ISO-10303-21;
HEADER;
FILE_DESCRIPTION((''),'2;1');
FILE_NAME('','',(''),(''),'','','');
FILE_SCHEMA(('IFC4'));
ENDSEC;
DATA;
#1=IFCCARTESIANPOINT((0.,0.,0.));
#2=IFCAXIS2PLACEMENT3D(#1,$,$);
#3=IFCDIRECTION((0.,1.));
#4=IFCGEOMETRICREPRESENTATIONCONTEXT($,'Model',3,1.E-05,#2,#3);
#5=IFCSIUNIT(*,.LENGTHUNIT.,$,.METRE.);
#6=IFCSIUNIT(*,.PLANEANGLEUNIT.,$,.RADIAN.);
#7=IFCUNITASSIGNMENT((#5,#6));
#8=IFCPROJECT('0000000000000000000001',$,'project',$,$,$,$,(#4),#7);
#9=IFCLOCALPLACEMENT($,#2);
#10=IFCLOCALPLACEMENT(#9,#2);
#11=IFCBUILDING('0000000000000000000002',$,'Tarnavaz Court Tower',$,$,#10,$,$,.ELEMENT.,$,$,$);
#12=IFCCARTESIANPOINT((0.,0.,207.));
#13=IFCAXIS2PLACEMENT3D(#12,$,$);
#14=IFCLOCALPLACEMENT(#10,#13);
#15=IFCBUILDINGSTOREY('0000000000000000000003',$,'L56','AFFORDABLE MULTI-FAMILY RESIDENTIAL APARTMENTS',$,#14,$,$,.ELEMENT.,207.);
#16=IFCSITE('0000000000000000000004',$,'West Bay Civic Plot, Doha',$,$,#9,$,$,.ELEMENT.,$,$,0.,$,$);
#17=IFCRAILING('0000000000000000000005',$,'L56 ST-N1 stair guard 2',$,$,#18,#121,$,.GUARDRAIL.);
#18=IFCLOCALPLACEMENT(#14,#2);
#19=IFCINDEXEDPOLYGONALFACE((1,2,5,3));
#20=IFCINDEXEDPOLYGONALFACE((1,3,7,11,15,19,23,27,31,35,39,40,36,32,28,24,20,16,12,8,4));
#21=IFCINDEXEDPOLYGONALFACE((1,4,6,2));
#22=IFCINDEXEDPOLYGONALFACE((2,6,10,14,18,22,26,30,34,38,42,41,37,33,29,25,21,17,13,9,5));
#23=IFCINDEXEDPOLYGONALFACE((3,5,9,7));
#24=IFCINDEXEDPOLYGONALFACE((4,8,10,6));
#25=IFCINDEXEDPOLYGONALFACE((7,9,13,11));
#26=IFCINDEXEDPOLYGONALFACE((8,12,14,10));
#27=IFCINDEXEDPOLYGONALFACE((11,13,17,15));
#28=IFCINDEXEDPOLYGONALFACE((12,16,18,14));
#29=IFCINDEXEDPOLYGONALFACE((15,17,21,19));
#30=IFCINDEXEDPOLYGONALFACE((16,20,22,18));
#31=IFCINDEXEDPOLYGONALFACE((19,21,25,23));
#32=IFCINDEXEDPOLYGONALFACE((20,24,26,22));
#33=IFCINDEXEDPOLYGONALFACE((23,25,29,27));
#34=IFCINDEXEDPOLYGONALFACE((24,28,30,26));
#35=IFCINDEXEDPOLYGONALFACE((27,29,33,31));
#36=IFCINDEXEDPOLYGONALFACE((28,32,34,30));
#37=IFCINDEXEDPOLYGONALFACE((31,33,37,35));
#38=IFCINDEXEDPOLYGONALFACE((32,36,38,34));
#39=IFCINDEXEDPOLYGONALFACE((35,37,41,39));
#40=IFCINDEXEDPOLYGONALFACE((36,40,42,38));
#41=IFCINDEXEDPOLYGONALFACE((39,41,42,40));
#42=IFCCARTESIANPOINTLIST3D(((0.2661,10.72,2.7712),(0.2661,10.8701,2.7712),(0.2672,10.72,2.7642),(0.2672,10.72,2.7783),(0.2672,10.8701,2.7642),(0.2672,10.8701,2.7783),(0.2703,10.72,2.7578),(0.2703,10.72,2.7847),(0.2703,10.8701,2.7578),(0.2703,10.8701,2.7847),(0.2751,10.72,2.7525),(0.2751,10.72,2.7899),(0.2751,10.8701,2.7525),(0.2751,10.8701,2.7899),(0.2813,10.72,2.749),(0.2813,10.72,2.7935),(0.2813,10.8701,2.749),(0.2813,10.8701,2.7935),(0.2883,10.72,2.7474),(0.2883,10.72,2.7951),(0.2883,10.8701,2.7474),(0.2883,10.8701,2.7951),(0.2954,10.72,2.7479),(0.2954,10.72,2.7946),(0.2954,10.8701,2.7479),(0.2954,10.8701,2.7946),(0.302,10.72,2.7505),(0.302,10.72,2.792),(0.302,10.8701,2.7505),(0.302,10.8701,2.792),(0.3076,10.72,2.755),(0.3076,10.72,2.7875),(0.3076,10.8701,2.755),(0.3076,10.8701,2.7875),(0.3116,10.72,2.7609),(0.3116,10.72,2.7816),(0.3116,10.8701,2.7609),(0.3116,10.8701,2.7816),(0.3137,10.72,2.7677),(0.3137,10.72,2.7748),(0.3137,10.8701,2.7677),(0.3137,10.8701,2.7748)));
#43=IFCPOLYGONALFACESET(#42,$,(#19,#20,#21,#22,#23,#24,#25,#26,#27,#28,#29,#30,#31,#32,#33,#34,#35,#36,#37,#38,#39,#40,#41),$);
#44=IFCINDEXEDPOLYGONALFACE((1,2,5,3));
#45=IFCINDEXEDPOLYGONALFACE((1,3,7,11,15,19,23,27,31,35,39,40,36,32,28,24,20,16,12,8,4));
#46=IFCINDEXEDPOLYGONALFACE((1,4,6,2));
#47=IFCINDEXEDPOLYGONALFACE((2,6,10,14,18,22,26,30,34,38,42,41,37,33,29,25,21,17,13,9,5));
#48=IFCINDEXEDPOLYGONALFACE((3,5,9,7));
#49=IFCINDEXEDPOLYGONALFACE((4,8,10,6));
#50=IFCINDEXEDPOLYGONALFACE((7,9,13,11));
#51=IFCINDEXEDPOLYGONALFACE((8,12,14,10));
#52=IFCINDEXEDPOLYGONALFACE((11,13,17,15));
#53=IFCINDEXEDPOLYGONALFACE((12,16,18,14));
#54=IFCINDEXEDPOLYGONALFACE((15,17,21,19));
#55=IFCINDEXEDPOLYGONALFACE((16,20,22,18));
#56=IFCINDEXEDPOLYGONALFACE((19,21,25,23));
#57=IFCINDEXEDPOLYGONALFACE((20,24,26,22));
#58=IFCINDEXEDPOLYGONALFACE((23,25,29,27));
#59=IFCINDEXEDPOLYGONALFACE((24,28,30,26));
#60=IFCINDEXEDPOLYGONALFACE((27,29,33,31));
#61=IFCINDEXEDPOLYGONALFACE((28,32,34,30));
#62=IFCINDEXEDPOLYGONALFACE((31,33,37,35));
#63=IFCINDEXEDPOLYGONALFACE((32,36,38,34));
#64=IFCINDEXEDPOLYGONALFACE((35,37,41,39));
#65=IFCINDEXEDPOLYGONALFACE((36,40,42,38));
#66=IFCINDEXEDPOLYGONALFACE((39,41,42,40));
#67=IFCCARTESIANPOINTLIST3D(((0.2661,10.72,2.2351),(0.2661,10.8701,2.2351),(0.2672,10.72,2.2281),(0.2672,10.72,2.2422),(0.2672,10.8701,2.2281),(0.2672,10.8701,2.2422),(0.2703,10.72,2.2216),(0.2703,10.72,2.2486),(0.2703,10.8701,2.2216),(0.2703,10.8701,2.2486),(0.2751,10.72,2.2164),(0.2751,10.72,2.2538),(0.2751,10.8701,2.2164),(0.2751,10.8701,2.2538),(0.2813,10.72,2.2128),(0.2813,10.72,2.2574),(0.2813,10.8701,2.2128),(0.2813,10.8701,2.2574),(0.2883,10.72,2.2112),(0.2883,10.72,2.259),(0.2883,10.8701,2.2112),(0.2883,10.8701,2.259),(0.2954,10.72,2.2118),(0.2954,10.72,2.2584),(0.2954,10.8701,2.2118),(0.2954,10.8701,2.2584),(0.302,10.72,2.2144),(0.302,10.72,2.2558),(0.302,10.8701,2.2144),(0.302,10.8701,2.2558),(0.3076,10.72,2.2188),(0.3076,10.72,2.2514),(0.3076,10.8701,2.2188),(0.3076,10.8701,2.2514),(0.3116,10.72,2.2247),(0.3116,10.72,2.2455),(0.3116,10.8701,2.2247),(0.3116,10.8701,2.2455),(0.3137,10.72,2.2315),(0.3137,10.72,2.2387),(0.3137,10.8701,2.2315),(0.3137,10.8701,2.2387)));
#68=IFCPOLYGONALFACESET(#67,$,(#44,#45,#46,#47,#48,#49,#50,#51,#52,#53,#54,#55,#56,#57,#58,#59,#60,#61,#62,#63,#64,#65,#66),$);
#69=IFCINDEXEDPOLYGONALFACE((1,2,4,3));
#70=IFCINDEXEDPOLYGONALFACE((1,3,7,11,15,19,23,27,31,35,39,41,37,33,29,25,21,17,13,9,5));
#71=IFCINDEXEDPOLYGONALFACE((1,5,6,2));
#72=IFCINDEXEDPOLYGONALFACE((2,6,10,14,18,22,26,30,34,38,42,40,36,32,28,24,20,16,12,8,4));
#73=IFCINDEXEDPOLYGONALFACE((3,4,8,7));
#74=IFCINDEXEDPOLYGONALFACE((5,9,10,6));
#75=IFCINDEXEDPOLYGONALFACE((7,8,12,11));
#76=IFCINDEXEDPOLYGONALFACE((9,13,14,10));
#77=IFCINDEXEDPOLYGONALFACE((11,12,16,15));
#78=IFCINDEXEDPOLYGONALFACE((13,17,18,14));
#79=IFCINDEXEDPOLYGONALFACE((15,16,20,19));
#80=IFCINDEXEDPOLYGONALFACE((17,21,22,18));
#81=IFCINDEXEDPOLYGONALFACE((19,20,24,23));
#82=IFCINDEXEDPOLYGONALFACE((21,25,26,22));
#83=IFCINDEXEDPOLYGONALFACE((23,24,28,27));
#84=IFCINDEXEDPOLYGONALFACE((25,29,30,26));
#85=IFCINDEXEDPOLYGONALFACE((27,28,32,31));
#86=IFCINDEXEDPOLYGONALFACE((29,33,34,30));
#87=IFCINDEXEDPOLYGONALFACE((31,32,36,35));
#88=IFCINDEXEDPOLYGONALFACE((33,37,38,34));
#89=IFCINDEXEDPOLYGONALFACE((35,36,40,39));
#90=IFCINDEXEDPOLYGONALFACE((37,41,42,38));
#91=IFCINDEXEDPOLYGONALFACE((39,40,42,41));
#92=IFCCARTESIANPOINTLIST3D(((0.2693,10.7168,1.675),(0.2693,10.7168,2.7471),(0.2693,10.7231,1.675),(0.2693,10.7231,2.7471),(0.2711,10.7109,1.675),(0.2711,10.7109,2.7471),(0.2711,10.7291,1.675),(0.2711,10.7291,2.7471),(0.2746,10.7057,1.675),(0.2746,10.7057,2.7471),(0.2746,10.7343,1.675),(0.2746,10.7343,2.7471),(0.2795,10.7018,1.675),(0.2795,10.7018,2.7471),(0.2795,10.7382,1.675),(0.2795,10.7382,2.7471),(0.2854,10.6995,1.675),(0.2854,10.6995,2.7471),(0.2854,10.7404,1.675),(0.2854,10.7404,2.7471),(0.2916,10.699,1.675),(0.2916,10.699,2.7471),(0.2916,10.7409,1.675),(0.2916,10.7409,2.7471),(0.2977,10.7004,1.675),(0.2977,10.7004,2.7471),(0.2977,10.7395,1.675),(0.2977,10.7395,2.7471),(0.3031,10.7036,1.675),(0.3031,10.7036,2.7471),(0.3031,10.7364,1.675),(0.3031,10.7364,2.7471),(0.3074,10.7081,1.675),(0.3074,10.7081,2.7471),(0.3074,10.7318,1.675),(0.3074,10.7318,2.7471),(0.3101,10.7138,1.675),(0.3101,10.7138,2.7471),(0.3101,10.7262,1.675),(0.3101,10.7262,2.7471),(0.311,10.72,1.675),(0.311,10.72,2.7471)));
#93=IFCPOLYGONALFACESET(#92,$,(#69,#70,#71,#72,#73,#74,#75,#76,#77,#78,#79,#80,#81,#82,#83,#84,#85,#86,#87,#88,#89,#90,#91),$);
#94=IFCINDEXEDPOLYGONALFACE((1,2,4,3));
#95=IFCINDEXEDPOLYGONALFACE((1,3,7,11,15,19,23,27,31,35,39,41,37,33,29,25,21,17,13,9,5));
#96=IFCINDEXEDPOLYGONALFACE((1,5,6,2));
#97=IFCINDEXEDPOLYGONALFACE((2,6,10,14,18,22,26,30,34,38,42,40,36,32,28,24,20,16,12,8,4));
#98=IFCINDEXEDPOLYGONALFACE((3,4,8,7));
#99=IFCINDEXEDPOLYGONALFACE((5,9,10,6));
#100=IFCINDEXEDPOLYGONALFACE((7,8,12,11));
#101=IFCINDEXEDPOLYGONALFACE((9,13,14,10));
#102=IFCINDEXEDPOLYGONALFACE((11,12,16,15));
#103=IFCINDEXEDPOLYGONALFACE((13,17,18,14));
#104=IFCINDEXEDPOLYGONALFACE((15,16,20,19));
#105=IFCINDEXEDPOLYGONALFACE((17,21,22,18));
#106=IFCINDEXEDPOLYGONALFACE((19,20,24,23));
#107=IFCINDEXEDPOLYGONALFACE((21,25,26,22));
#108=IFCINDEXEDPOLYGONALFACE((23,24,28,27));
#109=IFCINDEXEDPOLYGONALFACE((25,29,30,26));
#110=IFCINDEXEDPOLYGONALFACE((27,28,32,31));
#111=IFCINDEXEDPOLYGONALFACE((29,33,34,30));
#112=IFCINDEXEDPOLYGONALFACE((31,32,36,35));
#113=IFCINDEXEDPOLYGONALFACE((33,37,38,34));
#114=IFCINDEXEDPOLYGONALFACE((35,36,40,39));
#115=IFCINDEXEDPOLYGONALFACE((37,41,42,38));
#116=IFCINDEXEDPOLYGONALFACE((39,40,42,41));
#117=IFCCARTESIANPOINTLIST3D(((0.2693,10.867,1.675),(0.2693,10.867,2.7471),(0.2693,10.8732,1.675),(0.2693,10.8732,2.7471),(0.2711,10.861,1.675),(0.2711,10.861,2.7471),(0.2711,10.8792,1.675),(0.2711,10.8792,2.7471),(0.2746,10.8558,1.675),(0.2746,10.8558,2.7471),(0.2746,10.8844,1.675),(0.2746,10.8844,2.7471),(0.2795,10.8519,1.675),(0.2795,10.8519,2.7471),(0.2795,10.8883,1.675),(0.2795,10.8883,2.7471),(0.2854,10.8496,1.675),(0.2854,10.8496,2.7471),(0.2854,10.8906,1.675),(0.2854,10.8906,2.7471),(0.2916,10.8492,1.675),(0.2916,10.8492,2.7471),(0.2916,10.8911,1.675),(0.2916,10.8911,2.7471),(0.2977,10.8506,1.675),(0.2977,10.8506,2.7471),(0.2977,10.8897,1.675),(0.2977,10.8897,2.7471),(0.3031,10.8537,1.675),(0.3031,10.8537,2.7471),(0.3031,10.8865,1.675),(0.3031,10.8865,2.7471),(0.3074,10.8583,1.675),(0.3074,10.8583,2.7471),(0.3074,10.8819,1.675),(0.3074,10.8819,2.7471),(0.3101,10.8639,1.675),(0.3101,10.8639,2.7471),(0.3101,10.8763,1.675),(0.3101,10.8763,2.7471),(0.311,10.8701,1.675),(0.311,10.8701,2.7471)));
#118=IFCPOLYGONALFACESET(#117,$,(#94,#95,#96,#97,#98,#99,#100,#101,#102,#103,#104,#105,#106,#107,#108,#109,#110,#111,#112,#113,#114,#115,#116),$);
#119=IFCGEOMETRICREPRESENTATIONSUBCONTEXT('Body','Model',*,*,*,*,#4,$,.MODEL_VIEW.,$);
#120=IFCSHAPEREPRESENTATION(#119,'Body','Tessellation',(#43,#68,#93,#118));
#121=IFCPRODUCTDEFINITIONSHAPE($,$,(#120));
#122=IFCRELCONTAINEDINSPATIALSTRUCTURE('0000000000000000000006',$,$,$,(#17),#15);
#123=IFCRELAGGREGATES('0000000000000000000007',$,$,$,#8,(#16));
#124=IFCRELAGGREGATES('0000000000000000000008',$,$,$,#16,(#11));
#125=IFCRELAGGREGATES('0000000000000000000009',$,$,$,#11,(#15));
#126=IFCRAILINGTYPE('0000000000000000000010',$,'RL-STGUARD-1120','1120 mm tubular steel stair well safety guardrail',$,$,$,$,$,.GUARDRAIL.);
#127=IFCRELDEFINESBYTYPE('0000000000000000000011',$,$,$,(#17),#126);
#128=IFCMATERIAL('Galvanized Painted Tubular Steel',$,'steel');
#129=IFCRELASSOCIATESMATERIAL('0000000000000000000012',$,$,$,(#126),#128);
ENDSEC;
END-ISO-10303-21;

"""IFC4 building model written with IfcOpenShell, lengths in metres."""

from ifc_helpers import new_model, si_unit, direction, frame, origin, origin_2d, place, context, subcontext, project, spatial, circle, extrude, material, type_object, element, save


model = new_model("IFC4")

# Units and contexts
model_context = context("Model", 3, precision=1e-05, world=origin(), true_north=direction((0.0, 1.0)))
body_context = subcontext(model_context, "Body", "Model", "MODEL_VIEW")
ifc_project = project(units=[si_unit("LENGTHUNIT", "METRE"), si_unit("PLANEANGLEUNIT", "RADIAN")], contexts=[model_context])

# Site, building, storey
site_placement = place(None, origin())
site = spatial("IfcSite", under=ifc_project, at=site_placement, Name="West Bay Civic Plot, Doha", CompositionType="ELEMENT", RefElevation=0.0)
building_placement = place(site_placement, origin())
building = spatial("IfcBuilding", under=site, at=building_placement, Name="Tarnavaz Court Tower", CompositionType="ELEMENT")
storey_placement = place(building_placement, frame((0.0, 0.0, 207.0)))
storey = spatial("IfcBuildingStorey", under=building, at=storey_placement, Name="L56", Description="AFFORDABLE MULTI-FAMILY RESIDENTIAL APARTMENTS", CompositionType="ELEMENT", Elevation=207.0)

# Railing
ifc_material_1 = material(Name="Galvanized Painted Tubular Steel", Category="steel")
railing_type_1 = type_object("IfcRailingType", Name="RL-STGUARD-1120", Description="1120 mm tubular steel stair well safety guardrail", PredefinedType="GUARDRAIL", material=ifc_material_1)
railing_1_placement = place(storey_placement, frame((0.29, 10.72, 1.675)))
element("IfcRailing", 1, at=railing_1_placement, inside=storey, type_object=railing_type_1, Name="L56 ST-N1 stair guard 2", PredefinedType="GUARDRAIL", context=body_context, shape_type="SweptSolid", body=[
    extrude(circle(Radius=0.0239, at=origin_2d()), frame((0.0, 0.0, 1.0962), z_axis=(0.0, 1.0, 0.0), x_axis=(-1.0, 0.0, 0.0)), (0.0, 0.0, 1.0), 0.1501),
    extrude(circle(Radius=0.0239, at=origin_2d()), frame((0.0, 0.0, 0.5601), z_axis=(0.0, 1.0, 0.0), x_axis=(-1.0, 0.0, 0.0)), (0.0, 0.0, 1.0), 0.1501),
    extrude(circle(Radius=0.021, at=origin_2d()), origin(), (0.0, 0.0, 1.0), 1.072),
    extrude(circle(Radius=0.021, at=origin_2d()), frame((0.0, 0.1501, 0.0)), (0.0, 0.0, 1.0), 1.072),
])

save(model, "model.ifc")
